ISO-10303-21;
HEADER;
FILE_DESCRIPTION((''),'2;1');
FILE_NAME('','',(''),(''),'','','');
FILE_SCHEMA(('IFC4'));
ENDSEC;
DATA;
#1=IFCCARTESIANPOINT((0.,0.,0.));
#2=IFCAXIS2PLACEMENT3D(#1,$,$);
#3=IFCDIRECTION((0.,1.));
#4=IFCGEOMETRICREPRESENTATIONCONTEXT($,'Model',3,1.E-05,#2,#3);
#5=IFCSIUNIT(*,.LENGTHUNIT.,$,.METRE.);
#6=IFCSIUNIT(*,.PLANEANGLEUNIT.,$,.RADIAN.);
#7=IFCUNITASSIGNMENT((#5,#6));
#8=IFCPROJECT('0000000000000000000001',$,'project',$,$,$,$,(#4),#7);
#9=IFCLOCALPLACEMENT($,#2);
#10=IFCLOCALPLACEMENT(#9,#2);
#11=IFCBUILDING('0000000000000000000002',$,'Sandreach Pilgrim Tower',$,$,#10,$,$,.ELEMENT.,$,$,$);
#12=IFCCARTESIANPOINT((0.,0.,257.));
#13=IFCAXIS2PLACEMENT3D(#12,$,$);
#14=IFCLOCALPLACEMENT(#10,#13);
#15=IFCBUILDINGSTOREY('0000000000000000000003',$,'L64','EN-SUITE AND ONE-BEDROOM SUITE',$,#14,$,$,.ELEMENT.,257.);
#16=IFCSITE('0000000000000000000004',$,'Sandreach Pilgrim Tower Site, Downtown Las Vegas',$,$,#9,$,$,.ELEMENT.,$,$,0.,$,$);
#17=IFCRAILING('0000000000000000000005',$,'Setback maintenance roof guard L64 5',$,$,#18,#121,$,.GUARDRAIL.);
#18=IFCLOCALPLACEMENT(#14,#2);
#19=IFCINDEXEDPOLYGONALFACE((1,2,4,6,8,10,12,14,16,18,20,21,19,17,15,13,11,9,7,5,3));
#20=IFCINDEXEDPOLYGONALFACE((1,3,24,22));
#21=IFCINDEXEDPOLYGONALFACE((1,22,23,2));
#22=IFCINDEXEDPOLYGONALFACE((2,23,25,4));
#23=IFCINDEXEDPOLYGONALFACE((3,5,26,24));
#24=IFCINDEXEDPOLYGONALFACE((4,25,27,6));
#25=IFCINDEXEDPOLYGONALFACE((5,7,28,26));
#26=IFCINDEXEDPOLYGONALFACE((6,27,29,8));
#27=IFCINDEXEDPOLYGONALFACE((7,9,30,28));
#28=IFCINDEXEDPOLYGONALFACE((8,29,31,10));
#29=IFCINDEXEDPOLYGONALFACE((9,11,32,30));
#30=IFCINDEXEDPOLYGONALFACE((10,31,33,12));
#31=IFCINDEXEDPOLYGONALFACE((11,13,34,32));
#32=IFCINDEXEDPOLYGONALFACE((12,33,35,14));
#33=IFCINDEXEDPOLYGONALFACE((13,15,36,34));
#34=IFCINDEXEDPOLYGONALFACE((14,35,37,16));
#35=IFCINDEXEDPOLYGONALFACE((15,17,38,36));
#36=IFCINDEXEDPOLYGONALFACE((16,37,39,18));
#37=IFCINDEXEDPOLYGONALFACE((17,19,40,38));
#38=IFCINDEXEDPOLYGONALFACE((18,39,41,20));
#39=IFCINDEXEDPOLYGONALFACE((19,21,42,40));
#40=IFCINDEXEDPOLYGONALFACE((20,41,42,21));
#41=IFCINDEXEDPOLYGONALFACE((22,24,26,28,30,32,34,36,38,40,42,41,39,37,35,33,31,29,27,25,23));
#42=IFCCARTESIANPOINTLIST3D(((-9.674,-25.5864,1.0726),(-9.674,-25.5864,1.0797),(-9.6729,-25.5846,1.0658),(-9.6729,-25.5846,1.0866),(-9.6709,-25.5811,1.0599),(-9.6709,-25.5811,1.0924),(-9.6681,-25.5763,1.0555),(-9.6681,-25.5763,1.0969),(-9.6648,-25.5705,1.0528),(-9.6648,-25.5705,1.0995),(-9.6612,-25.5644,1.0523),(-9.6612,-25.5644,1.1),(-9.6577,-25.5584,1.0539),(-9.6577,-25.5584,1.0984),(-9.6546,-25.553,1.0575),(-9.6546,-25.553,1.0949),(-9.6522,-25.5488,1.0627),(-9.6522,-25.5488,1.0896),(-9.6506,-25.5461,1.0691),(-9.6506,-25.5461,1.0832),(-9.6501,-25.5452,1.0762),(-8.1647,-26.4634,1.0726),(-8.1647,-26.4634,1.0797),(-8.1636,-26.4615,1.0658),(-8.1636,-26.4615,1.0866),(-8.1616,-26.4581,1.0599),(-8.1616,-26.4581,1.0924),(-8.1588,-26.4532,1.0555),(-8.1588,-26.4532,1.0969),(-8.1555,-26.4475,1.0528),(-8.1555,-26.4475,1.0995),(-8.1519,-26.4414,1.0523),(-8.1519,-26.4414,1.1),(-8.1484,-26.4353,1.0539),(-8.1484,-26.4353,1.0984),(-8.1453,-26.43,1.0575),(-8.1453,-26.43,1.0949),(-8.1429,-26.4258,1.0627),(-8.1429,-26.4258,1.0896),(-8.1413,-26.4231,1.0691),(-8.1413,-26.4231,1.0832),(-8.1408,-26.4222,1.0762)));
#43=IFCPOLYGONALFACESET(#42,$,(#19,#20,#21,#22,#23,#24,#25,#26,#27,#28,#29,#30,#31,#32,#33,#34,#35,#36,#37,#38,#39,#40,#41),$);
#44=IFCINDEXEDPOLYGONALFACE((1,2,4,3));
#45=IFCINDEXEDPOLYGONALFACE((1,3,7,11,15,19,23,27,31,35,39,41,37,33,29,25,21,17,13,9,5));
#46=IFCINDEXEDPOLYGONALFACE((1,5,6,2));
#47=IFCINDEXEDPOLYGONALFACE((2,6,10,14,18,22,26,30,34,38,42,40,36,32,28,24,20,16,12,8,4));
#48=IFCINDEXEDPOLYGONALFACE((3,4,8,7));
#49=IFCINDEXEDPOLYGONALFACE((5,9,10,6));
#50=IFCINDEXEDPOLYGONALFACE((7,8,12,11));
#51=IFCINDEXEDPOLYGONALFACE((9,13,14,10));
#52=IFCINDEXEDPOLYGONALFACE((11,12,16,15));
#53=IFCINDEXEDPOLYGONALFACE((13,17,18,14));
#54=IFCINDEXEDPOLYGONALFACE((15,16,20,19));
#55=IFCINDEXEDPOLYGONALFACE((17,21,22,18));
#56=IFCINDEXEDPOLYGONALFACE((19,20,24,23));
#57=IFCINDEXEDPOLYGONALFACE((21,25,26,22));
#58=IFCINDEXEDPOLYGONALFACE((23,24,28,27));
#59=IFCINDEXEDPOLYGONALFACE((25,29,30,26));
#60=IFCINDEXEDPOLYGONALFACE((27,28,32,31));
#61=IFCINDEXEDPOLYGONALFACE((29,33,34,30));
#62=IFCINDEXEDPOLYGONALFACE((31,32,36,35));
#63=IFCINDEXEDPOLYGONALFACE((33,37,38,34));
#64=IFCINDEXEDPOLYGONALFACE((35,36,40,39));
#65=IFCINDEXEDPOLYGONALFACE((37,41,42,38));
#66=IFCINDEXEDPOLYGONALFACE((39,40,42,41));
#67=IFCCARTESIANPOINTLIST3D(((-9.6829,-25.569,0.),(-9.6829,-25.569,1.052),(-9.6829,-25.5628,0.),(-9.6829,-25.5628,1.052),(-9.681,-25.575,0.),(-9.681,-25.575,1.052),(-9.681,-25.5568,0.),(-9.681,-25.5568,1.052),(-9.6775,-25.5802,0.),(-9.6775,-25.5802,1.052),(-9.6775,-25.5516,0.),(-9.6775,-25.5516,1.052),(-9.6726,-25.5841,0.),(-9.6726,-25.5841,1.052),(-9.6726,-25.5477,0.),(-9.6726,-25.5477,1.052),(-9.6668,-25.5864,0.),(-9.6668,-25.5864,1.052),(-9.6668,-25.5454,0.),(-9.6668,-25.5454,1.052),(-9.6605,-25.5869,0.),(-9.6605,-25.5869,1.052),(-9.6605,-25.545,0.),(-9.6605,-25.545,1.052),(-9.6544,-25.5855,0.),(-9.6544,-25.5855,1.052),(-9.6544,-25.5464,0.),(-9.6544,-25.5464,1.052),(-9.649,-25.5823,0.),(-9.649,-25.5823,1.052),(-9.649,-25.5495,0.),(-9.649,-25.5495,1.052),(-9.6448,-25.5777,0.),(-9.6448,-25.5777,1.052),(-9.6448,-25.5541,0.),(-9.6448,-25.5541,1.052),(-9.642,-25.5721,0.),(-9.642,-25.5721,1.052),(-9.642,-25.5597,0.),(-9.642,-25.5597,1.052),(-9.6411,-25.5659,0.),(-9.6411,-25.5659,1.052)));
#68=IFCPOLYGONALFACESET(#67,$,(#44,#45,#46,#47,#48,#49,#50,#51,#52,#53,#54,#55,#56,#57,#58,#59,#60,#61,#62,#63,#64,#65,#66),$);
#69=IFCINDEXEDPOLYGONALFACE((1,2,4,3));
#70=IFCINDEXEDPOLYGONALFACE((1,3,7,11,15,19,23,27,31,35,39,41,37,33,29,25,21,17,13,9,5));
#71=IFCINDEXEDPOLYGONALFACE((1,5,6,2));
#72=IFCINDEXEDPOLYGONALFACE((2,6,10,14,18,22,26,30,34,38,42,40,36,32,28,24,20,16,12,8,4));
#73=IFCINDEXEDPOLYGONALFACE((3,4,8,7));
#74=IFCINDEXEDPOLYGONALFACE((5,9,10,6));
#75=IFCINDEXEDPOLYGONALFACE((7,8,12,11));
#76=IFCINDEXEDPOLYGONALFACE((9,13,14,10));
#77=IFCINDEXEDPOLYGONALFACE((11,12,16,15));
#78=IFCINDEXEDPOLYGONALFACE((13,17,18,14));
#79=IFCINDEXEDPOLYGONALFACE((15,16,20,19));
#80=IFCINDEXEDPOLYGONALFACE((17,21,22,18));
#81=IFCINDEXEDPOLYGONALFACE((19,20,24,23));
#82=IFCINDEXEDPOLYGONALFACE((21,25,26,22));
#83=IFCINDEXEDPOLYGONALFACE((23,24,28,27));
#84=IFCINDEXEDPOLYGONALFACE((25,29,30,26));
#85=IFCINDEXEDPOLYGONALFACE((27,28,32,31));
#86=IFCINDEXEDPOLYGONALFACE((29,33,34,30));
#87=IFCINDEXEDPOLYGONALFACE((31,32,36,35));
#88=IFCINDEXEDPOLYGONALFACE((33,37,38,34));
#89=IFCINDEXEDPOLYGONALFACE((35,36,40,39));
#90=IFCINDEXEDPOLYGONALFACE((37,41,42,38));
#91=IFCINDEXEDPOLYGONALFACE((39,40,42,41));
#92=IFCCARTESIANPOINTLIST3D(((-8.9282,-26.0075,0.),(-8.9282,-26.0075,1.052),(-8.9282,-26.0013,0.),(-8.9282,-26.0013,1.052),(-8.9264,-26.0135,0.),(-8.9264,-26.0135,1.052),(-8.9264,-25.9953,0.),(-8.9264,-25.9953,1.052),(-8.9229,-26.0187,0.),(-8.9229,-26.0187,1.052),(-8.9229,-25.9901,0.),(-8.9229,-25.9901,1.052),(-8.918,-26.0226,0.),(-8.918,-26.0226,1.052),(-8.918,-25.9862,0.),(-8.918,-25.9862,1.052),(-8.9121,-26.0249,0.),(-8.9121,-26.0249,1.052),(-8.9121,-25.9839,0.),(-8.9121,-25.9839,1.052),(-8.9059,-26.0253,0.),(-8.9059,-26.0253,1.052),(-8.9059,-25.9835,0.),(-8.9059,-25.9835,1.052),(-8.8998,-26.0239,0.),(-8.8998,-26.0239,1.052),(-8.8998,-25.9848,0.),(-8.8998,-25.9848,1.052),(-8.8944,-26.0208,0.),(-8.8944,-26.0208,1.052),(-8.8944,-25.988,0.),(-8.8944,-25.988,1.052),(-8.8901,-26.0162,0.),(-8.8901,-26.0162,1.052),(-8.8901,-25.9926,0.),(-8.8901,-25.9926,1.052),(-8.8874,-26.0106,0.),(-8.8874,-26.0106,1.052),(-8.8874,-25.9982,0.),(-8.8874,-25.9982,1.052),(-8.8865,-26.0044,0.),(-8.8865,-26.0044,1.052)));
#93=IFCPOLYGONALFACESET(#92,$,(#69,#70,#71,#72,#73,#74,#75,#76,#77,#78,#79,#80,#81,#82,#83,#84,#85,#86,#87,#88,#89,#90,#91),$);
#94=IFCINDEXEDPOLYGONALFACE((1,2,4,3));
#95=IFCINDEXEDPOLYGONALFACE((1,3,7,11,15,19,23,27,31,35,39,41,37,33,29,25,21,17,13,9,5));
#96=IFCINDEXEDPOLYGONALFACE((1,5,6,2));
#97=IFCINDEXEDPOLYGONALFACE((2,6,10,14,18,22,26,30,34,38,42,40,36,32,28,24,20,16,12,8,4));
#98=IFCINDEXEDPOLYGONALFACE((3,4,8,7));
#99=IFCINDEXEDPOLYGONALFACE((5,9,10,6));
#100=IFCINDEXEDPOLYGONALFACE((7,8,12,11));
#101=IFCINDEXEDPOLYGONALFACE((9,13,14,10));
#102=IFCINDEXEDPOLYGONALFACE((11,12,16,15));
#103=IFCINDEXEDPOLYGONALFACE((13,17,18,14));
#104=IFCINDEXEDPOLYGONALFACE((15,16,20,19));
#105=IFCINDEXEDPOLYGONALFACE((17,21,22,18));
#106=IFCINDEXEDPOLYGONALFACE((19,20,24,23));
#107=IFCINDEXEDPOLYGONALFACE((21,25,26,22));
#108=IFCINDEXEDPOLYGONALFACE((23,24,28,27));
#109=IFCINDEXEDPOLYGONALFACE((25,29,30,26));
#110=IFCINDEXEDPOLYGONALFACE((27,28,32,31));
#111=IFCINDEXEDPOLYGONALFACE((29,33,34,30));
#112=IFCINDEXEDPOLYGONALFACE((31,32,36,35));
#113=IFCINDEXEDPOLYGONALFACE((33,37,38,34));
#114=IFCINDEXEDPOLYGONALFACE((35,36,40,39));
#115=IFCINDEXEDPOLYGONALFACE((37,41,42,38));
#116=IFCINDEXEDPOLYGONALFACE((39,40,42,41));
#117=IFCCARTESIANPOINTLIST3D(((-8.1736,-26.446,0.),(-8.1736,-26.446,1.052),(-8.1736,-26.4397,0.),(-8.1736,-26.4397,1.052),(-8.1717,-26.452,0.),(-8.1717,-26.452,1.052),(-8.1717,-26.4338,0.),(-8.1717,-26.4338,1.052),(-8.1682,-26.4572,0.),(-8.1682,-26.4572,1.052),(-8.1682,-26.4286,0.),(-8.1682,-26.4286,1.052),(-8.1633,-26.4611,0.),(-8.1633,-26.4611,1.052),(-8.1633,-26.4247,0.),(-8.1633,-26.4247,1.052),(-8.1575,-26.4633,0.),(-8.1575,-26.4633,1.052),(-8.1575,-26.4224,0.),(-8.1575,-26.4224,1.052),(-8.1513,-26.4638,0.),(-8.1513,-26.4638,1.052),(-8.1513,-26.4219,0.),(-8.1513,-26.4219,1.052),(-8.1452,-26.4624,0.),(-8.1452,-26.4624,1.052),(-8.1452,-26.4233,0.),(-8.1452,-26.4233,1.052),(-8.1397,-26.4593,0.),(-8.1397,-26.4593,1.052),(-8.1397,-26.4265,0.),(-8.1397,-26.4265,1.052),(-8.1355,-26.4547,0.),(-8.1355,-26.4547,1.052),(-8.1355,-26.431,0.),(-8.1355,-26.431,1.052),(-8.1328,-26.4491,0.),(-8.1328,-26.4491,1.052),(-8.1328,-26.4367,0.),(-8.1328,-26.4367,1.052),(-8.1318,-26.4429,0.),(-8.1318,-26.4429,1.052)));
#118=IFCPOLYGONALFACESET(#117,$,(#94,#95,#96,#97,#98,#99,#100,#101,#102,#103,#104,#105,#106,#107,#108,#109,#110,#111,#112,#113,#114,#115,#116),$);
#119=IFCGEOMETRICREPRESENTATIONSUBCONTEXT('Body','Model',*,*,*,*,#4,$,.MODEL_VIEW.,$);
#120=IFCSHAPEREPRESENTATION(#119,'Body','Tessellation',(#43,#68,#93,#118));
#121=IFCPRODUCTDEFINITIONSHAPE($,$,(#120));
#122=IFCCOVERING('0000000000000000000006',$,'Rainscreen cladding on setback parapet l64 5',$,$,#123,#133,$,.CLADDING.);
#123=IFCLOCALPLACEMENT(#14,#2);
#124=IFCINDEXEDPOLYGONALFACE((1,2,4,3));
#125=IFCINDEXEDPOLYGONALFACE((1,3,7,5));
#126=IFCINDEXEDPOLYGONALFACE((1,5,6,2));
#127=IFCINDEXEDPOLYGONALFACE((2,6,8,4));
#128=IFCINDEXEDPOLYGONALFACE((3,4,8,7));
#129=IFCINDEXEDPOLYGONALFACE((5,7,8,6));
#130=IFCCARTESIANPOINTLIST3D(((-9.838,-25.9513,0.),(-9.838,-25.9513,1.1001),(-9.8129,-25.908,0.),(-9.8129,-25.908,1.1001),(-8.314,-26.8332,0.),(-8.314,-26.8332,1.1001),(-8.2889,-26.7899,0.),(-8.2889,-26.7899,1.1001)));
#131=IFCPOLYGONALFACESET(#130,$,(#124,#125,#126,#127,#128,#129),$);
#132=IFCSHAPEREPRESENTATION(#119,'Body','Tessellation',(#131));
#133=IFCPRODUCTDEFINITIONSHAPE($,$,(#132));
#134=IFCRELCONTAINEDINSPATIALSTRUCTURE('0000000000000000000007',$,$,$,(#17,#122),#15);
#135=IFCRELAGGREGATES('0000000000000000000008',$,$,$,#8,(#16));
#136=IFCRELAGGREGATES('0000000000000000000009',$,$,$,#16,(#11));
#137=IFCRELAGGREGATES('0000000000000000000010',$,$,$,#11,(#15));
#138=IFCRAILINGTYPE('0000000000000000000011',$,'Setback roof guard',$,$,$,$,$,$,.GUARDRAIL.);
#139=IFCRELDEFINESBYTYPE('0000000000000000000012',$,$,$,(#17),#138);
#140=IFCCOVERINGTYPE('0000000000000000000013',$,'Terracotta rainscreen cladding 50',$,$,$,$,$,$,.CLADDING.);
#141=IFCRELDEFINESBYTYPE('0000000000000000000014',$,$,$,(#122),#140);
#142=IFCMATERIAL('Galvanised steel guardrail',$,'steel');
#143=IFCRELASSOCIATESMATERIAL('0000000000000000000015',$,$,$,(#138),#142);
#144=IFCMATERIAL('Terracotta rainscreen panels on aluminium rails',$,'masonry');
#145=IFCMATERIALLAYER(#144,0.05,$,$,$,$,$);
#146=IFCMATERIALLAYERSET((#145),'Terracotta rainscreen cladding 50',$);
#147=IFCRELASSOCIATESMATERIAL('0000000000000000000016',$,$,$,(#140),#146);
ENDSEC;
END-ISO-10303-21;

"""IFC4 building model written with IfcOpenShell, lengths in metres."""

from ifc_helpers import new_model, si_unit, direction, frame, frame_2d, origin, origin_2d, place, context, subcontext, project, spatial, rectangle, circle, extrude, material, layer, layer_set, type_object, element, save


model = new_model("IFC4")

# Units and contexts
model_context = context("Model", 3, precision=1e-05, world=origin(), true_north=direction((0.0, 1.0)))
body_context = subcontext(model_context, "Body", "Model", "MODEL_VIEW")
ifc_project = project(units=[si_unit("LENGTHUNIT", "METRE"), si_unit("PLANEANGLEUNIT", "RADIAN")], contexts=[model_context])

# Site, building, storey
site_placement = place(None, origin())
site = spatial("IfcSite", under=ifc_project, at=site_placement, Name="Sandreach Pilgrim Tower Site, Downtown Las Vegas", CompositionType="ELEMENT", RefElevation=0.0)
building_placement = place(site_placement, origin())
building = spatial("IfcBuilding", under=site, at=building_placement, Name="Sandreach Pilgrim Tower", CompositionType="ELEMENT")
storey_placement = place(building_placement, frame((0.0, 0.0, 257.0)))
storey = spatial("IfcBuildingStorey", under=building, at=storey_placement, Name="L64", Description="EN-SUITE AND ONE-BEDROOM SUITE", CompositionType="ELEMENT", Elevation=257.0)

# Railing
ifc_material_1 = material(Name="Galvanised steel guardrail", Category="steel")
railing_type = type_object("IfcRailingType", Name="Setback roof guard", PredefinedType="GUARDRAIL", material=ifc_material_1)
railing_placement = place(storey_placement, frame((-9.6621, -25.5659, 0.0)))
element("IfcRailing", 1, at=railing_placement, inside=storey, type_object=railing_type, Name="Setback maintenance roof guard L64 5", PredefinedType="GUARDRAIL", context=body_context, shape_type="SweptSolid", body=[
    extrude(circle(Radius=0.0239, at=origin_2d()), frame((0.0, 0.0, 1.0762), z_axis=(0.86464, -0.502392, 0.0), x_axis=(0.502392, 0.86464, 0.0)), (0.0, 0.0, 1.0), 1.7456),
    extrude(circle(Radius=0.021, at=origin_2d()), origin(), (0.0, 0.0, 1.0), 1.052),
    extrude(circle(Radius=0.021, at=origin_2d()), frame((0.7546, -0.4385, 0.0)), (0.0, 0.0, 1.0), 1.052),
    extrude(circle(Radius=0.021, at=origin_2d()), frame((1.5093, -0.877, 0.0)), (0.0, 0.0, 1.0), 1.052),
])

# Covering
ifc_material_2 = material(Name="Terracotta rainscreen panels on aluminium rails", Category="masonry")
ifc_layer_1 = layer(ifc_material_2, 0.05)
ifc_layer_set_1 = layer_set([ifc_layer_1], Name="Terracotta rainscreen cladding 50")
covering_type = type_object("IfcCoveringType", Name="Terracotta rainscreen cladding 50", PredefinedType="CLADDING", material=ifc_layer_set_1)
covering_placement = place(storey_placement, frame((-9.8254, -25.9297, 0.0), z_axis=(0.0, 0.0, 1.0), x_axis=(0.865534, -0.50085, 0.0)))
element("IfcCovering", 2, at=covering_placement, inside=storey, type_object=covering_type, Name="Rainscreen cladding on setback parapet l64 5", PredefinedType="CLADDING", context=body_context, shape_type="SweptSolid", body=[
    extrude(rectangle(XDim=1.7607, YDim=0.05, at=frame_2d((0.8804, 0.0))), origin(), (0.0, 0.0, 1.0), 1.1001),
])

save(model, "model.ifc")
